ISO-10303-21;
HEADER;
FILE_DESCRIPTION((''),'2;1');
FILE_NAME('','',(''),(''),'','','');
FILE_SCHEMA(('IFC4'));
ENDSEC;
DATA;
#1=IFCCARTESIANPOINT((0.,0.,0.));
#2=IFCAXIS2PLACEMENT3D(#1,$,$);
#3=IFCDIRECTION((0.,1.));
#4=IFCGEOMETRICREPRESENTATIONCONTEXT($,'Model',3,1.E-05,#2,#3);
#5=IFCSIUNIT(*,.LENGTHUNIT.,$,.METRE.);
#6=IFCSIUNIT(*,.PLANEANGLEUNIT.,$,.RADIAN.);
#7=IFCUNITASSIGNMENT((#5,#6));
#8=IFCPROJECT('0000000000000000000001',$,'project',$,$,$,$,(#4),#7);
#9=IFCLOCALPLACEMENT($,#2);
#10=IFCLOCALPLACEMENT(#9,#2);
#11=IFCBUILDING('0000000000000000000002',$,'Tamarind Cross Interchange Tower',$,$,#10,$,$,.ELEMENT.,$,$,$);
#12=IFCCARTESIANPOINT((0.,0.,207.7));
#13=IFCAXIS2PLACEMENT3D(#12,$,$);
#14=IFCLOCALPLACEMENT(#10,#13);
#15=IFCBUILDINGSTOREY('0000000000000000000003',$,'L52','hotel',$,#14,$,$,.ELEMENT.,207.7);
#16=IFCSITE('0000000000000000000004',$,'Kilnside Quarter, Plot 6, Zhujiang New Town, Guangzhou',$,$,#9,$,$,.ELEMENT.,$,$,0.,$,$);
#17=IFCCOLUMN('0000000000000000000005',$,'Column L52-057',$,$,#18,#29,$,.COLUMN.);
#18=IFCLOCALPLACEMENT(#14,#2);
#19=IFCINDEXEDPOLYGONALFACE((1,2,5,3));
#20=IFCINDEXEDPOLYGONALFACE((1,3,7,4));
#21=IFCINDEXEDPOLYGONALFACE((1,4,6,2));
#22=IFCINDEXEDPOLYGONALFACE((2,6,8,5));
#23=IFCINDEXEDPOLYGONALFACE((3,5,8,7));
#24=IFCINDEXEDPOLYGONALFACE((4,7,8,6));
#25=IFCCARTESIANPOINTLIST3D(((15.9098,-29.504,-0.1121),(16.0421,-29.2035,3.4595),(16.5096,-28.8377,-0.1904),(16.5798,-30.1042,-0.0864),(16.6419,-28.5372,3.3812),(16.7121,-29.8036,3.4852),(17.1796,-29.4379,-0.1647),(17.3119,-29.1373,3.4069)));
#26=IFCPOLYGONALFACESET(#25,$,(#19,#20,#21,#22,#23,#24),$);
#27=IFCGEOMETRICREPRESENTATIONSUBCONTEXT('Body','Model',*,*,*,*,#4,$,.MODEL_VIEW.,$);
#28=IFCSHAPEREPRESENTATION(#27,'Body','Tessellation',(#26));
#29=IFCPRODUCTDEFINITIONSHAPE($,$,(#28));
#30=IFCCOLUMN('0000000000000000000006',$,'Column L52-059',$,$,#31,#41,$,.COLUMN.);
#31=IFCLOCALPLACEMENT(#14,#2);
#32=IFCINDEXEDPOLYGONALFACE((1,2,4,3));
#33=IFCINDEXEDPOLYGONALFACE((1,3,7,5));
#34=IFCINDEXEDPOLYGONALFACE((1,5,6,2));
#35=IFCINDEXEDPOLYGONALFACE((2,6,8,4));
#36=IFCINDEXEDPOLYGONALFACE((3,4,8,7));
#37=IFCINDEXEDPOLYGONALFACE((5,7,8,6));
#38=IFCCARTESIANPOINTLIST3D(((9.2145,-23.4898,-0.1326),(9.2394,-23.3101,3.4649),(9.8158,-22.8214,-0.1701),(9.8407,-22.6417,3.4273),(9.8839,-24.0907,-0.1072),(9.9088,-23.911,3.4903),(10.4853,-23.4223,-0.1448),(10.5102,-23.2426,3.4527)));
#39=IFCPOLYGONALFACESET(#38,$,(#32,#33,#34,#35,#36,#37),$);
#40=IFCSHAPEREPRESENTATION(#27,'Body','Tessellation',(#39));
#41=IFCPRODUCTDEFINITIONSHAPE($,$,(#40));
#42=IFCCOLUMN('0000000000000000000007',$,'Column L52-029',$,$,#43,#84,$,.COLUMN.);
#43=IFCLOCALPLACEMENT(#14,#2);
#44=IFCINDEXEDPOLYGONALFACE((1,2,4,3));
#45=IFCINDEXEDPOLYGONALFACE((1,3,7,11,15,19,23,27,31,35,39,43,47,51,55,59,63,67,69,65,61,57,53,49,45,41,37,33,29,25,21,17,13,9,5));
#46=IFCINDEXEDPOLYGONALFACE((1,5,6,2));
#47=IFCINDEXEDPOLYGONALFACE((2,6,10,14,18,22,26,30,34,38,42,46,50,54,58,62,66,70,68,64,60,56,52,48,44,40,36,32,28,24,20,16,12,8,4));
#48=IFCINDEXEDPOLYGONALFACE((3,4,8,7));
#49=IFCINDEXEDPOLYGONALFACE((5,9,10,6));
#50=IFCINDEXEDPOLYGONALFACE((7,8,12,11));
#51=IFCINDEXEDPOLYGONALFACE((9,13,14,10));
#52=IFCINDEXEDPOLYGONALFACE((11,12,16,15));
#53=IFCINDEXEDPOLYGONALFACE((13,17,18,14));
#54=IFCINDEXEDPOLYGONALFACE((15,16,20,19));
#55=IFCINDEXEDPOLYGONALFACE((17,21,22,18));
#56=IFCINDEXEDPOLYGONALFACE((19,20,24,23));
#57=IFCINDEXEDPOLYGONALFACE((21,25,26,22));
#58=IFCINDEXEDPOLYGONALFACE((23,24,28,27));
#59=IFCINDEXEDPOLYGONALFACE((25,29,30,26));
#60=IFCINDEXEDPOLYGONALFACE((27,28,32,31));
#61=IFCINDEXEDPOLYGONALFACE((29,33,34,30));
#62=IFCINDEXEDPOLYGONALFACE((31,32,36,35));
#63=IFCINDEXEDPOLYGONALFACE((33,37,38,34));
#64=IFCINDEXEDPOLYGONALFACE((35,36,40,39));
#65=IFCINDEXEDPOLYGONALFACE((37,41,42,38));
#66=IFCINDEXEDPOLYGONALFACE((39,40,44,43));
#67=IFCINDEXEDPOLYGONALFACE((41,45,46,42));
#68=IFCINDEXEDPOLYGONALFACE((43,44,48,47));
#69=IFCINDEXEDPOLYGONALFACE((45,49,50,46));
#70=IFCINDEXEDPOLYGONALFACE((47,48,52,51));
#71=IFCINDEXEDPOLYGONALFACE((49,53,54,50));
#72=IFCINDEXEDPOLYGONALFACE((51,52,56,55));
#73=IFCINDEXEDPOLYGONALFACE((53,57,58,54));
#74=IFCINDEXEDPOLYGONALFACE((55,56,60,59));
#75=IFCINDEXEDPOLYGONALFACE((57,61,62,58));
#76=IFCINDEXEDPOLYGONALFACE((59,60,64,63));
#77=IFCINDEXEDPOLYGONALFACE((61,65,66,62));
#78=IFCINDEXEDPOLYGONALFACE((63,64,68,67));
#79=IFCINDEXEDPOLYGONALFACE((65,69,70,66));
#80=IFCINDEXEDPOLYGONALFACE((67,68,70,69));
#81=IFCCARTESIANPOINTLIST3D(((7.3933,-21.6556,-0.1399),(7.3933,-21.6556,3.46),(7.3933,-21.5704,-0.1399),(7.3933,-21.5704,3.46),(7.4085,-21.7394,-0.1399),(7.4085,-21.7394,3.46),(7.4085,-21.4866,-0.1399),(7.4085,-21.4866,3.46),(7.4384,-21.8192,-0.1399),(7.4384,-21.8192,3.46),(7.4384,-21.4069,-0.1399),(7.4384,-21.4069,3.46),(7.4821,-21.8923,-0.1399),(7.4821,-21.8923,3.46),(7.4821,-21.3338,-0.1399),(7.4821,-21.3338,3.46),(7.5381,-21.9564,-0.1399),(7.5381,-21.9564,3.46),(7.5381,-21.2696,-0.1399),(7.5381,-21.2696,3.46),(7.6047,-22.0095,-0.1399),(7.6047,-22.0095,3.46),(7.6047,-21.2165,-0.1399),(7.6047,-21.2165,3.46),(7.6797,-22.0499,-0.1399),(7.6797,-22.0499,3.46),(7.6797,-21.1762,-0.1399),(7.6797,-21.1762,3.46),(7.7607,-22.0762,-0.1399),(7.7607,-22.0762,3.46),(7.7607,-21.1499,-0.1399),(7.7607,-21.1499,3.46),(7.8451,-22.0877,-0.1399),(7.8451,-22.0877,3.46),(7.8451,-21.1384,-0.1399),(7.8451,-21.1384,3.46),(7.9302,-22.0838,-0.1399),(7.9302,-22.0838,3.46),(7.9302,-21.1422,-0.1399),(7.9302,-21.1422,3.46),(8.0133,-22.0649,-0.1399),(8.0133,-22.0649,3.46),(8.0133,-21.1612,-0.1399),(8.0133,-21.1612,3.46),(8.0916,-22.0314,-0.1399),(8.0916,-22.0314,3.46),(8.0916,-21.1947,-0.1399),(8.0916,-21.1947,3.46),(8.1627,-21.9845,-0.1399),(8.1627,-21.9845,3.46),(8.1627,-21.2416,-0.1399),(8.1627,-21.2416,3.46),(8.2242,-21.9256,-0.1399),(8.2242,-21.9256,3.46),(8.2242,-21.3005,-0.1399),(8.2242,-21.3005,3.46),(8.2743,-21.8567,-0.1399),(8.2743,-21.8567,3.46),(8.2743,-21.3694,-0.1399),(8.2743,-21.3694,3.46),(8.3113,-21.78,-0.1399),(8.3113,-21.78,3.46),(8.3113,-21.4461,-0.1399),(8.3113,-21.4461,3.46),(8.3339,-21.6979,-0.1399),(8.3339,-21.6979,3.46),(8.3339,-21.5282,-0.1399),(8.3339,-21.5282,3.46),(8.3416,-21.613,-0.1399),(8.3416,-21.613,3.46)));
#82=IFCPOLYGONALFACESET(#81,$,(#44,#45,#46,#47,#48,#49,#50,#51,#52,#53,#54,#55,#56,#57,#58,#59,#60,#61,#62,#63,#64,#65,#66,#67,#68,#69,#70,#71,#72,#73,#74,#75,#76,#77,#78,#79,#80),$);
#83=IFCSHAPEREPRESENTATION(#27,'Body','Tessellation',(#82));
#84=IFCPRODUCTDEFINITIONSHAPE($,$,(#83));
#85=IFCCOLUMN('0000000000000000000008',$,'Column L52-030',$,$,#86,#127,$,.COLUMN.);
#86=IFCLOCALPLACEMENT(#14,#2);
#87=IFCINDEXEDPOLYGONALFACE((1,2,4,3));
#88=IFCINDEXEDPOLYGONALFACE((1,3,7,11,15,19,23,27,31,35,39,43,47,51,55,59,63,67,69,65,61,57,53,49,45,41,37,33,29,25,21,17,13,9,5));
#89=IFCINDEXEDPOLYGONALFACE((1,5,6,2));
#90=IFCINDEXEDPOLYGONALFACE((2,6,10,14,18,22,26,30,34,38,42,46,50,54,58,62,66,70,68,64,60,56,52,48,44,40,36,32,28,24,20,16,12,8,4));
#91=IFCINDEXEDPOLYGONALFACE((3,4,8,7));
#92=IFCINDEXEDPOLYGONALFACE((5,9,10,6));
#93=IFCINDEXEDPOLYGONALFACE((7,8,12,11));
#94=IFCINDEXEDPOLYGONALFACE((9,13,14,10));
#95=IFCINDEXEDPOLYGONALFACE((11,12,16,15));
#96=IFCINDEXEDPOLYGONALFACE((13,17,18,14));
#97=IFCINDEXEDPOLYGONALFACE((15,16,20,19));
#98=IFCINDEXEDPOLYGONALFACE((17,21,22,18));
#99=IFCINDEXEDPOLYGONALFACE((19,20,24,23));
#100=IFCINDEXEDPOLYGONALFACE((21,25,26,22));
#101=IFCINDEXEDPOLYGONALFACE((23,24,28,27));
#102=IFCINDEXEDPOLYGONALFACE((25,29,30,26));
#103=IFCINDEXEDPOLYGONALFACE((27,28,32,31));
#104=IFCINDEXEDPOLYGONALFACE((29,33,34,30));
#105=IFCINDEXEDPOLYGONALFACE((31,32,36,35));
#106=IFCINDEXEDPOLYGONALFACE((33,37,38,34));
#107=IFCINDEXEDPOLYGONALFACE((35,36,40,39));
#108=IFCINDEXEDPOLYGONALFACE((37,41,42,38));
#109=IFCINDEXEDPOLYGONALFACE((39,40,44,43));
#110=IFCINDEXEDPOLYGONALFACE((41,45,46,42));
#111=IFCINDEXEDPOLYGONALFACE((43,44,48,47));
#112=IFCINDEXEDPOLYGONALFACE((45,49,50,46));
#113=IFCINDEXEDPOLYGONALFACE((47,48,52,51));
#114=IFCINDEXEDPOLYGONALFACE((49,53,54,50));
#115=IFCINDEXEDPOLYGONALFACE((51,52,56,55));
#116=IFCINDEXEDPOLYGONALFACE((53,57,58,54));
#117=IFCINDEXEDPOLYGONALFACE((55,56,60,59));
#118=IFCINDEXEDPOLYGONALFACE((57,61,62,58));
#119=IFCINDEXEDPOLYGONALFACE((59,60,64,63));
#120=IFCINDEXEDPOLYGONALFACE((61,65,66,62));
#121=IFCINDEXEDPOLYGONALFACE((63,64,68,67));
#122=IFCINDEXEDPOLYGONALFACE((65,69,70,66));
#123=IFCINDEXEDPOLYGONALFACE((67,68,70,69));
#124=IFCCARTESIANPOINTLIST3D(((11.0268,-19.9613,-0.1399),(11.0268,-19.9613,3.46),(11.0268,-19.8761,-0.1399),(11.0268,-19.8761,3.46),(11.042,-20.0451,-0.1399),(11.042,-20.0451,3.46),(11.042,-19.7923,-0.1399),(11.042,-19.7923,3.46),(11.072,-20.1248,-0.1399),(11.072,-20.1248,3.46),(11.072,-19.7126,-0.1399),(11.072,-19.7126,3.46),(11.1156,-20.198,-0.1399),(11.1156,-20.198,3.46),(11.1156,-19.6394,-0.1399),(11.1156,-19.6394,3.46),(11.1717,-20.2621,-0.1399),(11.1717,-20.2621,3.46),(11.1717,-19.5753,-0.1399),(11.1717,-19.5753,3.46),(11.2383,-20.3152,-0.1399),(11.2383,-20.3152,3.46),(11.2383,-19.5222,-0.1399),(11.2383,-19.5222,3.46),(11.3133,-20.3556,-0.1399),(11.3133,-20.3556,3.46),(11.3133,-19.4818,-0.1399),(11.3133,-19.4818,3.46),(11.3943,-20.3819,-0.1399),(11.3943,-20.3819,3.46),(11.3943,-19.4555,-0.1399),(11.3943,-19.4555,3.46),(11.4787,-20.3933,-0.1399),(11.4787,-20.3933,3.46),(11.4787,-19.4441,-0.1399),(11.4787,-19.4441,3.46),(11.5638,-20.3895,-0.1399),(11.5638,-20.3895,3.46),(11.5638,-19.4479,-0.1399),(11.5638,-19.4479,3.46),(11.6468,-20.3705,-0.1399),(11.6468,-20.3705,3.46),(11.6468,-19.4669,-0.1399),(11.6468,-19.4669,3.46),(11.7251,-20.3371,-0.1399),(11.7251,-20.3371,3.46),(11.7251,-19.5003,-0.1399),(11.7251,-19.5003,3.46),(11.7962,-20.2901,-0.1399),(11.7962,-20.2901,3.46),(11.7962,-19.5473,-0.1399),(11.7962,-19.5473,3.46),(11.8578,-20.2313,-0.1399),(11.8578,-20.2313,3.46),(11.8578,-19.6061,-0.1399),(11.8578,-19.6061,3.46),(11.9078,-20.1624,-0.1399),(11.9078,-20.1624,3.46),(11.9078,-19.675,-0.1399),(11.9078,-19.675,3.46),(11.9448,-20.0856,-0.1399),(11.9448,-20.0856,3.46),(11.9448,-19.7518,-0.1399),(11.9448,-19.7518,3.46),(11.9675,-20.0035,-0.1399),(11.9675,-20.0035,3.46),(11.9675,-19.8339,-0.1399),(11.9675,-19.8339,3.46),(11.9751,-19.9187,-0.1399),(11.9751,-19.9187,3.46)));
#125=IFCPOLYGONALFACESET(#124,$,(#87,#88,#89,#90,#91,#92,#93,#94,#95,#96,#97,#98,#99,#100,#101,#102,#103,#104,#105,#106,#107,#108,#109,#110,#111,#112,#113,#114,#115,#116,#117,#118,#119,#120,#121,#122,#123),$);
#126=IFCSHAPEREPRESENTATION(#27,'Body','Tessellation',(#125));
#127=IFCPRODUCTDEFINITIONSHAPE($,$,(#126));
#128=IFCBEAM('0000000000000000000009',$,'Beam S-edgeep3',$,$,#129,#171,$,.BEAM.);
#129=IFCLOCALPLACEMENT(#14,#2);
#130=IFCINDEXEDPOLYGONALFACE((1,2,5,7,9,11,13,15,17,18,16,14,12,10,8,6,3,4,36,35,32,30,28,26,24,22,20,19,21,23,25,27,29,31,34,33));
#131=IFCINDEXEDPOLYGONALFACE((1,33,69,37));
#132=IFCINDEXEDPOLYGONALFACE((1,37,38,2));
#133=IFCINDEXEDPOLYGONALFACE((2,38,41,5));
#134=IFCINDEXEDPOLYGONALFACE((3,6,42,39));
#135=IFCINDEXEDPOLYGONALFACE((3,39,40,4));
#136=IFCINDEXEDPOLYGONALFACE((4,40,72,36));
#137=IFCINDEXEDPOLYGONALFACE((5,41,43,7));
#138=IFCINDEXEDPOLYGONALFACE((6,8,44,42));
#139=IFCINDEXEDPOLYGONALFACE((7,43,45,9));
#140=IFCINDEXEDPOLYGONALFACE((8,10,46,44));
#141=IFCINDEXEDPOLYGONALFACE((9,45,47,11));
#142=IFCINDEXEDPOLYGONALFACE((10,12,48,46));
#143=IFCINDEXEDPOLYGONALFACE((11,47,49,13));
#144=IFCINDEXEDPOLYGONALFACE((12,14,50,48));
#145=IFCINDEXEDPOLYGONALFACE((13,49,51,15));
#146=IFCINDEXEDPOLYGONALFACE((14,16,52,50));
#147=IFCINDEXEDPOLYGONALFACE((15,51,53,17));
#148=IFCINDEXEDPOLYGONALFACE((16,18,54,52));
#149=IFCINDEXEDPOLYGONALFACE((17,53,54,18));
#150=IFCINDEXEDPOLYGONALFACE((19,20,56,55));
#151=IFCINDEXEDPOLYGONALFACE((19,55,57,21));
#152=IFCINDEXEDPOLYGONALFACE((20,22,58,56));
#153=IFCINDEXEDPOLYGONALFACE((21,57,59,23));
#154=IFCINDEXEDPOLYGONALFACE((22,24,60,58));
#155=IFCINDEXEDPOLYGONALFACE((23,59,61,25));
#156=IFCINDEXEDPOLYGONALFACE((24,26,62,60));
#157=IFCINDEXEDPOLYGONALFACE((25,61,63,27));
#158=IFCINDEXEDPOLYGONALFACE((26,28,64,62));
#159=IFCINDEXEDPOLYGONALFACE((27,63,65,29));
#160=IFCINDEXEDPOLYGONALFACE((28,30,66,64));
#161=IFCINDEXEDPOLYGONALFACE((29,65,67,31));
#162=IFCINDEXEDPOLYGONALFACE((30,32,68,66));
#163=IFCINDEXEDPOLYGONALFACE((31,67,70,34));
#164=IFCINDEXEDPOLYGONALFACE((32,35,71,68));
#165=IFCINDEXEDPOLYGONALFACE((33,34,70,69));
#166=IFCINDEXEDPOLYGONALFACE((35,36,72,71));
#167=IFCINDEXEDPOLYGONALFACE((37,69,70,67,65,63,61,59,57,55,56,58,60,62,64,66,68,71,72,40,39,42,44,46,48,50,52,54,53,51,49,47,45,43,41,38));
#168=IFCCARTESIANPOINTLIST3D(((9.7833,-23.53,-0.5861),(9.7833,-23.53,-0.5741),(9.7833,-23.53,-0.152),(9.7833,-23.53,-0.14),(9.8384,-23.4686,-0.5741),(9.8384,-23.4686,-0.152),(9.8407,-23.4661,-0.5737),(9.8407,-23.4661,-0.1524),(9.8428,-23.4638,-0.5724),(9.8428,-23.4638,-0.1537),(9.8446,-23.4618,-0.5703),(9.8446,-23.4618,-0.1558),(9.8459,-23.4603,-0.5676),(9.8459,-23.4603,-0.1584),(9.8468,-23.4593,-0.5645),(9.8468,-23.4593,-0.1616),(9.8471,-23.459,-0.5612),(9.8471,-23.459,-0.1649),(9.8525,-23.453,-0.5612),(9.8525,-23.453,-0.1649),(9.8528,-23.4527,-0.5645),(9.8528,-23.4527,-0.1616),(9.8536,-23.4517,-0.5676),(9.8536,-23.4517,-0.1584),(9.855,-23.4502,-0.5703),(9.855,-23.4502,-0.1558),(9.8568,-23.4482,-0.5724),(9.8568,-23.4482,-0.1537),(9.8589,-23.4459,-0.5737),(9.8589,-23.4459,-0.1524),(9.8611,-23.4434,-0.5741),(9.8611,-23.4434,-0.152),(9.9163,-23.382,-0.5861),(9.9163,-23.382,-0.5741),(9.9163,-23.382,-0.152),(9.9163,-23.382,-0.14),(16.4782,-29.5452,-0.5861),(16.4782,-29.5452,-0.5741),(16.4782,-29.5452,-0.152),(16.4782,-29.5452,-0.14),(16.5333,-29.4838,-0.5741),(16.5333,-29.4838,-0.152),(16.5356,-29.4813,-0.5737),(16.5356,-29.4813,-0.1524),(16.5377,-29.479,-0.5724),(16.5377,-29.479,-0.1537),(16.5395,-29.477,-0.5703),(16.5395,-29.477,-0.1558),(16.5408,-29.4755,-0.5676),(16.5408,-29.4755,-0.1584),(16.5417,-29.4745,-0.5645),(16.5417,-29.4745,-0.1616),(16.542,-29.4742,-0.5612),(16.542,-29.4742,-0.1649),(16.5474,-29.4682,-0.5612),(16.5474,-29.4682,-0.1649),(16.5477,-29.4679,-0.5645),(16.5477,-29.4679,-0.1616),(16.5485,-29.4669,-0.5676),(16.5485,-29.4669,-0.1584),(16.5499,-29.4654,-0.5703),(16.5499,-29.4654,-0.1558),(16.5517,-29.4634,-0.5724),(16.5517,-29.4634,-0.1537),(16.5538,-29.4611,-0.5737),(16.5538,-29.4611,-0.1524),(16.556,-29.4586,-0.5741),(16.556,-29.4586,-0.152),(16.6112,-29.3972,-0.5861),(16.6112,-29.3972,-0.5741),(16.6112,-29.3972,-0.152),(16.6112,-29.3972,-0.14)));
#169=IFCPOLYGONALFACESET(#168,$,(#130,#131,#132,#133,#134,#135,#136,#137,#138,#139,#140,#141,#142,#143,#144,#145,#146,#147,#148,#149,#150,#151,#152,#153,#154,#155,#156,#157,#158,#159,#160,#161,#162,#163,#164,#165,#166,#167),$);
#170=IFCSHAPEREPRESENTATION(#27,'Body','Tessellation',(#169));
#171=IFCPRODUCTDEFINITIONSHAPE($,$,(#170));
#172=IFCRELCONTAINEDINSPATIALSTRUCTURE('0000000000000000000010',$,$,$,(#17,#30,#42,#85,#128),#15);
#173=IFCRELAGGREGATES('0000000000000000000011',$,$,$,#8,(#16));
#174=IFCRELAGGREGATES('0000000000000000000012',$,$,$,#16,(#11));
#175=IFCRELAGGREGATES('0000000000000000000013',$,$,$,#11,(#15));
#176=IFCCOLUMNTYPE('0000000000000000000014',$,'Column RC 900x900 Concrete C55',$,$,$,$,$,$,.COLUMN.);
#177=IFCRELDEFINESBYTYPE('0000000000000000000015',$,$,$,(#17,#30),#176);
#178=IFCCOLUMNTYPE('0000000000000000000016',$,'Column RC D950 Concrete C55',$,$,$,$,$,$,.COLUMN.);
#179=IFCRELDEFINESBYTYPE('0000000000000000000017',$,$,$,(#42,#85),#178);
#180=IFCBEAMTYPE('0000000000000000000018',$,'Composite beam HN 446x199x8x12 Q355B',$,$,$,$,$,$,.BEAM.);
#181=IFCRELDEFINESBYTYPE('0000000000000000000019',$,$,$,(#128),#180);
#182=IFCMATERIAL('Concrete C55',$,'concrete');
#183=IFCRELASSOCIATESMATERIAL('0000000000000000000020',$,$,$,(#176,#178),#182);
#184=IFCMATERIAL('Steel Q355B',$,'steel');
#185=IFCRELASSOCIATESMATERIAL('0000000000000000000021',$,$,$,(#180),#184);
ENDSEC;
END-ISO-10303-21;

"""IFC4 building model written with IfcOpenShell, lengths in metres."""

from ifc_helpers import new_model, si_unit, direction, frame, origin, origin_2d, place, context, subcontext, project, spatial, rectangle, circle, i_section, extrude, material, material_profile, profile_set, type_object, element, save


model = new_model("IFC4")

# Units and contexts
model_context = context("Model", 3, precision=1e-05, world=origin(), true_north=direction((0.0, 1.0)))
body_context = subcontext(model_context, "Body", "Model", "MODEL_VIEW")
ifc_project = project(units=[si_unit("LENGTHUNIT", "METRE"), si_unit("PLANEANGLEUNIT", "RADIAN")], contexts=[model_context])

# Site, building, storey
site_placement = place(None, origin())
site = spatial("IfcSite", under=ifc_project, at=site_placement, Name="Kilnside Quarter, Plot 6, Zhujiang New Town, Guangzhou", CompositionType="ELEMENT", RefElevation=0.0)
building_placement = place(site_placement, origin())
building = spatial("IfcBuilding", under=site, at=building_placement, Name="Tamarind Cross Interchange Tower", CompositionType="ELEMENT")
storey_placement = place(building_placement, frame((0.0, 0.0, 207.7)))
storey = spatial("IfcBuildingStorey", under=building, at=storey_placement, Name="L52", Description="hotel", CompositionType="ELEMENT", Elevation=207.7)

# Columns
ifc_material_1 = material(Name="Concrete C55", Category="concrete")
ifc_material_profile_1 = material_profile(ifc_material_1, rectangle(XDim=0.8999, YDim=0.8999, at=origin_2d()), Name="RC 900x900")
ifc_profile_set_1 = profile_set([ifc_material_profile_1], Name="Concrete C55")
column_type_1 = type_object("IfcColumnType", Name="Column RC 900x900 Concrete C55", PredefinedType="COLUMN", material=ifc_profile_set_1)
column_1_placement = place(storey_placement, frame((16.5447, -29.4709, -0.1384), z_axis=(0.036894, 0.083794, 0.9958), x_axis=(-0.666515, -0.740398, 0.086997)))
element("IfcColumn", 1, at=column_1_placement, inside=storey, type_object=column_type_1, Name="Column L52-057", PredefinedType="COLUMN", context=body_context, shape_type="SweptSolid", body=[
    extrude(rectangle(XDim=0.8999, YDim=0.8999, at=origin_2d()), origin(), (0.0, 0.0, 1.0), 3.5867),
])
column_2_placement = place(storey_placement, frame((9.8499, -23.4561, -0.1387), z_axis=(0.006914, 0.049886, 0.998731), x_axis=(-0.668247, -0.742768, 0.041726)))
element("IfcColumn", 2, at=column_2_placement, inside=storey, type_object=column_type_1, Name="Column L52-059", PredefinedType="COLUMN", context=body_context, shape_type="SweptSolid", body=[
    extrude(rectangle(XDim=0.8999, YDim=0.8999, at=origin_2d()), origin(), (0.0, 0.0, 1.0), 3.6021),
])
ifc_material_profile_2 = material_profile(ifc_material_1, circle(Radius=0.4751, at=origin_2d()), Name="RC D950")
ifc_profile_set_2 = profile_set([ifc_material_profile_2], Name="Concrete C55")
column_type_2 = type_object("IfcColumnType", Name="Column RC D950 Concrete C55", PredefinedType="COLUMN", material=ifc_profile_set_2)
for number, where, z_axis, x_axis, name in (
    (3, (7.8665, -21.613, -0.1399), (0.0, 0.0, 1.0), (1.0, 0.0, 0.0), "Column L52-029"),
    (4, (11.5, -19.9187, -0.1399), (0.0, 0.0, 1.0), (1.0, 0.0, 0.0), "Column L52-030"),
):
    element("IfcColumn", number, at=place(storey_placement, frame(where, z_axis=z_axis, x_axis=x_axis)), inside=storey, type_object=column_type_2, Name=name, PredefinedType="COLUMN", context=body_context, shape_type="SweptSolid", body=[
        extrude(circle(Radius=0.4751, at=origin_2d()), origin(), (0.0, 0.0, 1.0), 3.5999),
    ])

# Beam
ifc_material_2 = material(Name="Steel Q355B", Category="steel")
ifc_material_profile_3 = material_profile(ifc_material_2, i_section(OverallWidth=0.199, OverallDepth=0.446, WebThickness=0.0081, FlangeThickness=0.012, FilletRadius=0.0129, at=origin_2d()), Name="HN 446x199x8x12")
ifc_profile_set_3 = profile_set([ifc_material_profile_3], Name="Steel Q355B")
beam_type_1 = type_object("IfcBeamType", Name="Composite beam HN 446x199x8x12 Q355B", PredefinedType="BEAM", material=ifc_profile_set_3)
beam_1_placement = place(storey_placement, frame((16.5447, -29.4712, -0.363), z_axis=(-0.743858, 0.668338, 0.0), x_axis=(-0.668338, -0.743858, 0.0)))
element("IfcBeam", 5, at=beam_1_placement, inside=storey, type_object=beam_type_1, Name="Beam S-edgeep3", PredefinedType="BEAM", context=body_context, shape_type="SweptSolid", body=[
    extrude(i_section(OverallWidth=0.199, OverallDepth=0.446, WebThickness=0.0081, FlangeThickness=0.012, FilletRadius=0.0129, at=origin_2d()), origin(), (0.0, 0.0, 1.0), 9.0002),
])

save(model, "model.ifc")
